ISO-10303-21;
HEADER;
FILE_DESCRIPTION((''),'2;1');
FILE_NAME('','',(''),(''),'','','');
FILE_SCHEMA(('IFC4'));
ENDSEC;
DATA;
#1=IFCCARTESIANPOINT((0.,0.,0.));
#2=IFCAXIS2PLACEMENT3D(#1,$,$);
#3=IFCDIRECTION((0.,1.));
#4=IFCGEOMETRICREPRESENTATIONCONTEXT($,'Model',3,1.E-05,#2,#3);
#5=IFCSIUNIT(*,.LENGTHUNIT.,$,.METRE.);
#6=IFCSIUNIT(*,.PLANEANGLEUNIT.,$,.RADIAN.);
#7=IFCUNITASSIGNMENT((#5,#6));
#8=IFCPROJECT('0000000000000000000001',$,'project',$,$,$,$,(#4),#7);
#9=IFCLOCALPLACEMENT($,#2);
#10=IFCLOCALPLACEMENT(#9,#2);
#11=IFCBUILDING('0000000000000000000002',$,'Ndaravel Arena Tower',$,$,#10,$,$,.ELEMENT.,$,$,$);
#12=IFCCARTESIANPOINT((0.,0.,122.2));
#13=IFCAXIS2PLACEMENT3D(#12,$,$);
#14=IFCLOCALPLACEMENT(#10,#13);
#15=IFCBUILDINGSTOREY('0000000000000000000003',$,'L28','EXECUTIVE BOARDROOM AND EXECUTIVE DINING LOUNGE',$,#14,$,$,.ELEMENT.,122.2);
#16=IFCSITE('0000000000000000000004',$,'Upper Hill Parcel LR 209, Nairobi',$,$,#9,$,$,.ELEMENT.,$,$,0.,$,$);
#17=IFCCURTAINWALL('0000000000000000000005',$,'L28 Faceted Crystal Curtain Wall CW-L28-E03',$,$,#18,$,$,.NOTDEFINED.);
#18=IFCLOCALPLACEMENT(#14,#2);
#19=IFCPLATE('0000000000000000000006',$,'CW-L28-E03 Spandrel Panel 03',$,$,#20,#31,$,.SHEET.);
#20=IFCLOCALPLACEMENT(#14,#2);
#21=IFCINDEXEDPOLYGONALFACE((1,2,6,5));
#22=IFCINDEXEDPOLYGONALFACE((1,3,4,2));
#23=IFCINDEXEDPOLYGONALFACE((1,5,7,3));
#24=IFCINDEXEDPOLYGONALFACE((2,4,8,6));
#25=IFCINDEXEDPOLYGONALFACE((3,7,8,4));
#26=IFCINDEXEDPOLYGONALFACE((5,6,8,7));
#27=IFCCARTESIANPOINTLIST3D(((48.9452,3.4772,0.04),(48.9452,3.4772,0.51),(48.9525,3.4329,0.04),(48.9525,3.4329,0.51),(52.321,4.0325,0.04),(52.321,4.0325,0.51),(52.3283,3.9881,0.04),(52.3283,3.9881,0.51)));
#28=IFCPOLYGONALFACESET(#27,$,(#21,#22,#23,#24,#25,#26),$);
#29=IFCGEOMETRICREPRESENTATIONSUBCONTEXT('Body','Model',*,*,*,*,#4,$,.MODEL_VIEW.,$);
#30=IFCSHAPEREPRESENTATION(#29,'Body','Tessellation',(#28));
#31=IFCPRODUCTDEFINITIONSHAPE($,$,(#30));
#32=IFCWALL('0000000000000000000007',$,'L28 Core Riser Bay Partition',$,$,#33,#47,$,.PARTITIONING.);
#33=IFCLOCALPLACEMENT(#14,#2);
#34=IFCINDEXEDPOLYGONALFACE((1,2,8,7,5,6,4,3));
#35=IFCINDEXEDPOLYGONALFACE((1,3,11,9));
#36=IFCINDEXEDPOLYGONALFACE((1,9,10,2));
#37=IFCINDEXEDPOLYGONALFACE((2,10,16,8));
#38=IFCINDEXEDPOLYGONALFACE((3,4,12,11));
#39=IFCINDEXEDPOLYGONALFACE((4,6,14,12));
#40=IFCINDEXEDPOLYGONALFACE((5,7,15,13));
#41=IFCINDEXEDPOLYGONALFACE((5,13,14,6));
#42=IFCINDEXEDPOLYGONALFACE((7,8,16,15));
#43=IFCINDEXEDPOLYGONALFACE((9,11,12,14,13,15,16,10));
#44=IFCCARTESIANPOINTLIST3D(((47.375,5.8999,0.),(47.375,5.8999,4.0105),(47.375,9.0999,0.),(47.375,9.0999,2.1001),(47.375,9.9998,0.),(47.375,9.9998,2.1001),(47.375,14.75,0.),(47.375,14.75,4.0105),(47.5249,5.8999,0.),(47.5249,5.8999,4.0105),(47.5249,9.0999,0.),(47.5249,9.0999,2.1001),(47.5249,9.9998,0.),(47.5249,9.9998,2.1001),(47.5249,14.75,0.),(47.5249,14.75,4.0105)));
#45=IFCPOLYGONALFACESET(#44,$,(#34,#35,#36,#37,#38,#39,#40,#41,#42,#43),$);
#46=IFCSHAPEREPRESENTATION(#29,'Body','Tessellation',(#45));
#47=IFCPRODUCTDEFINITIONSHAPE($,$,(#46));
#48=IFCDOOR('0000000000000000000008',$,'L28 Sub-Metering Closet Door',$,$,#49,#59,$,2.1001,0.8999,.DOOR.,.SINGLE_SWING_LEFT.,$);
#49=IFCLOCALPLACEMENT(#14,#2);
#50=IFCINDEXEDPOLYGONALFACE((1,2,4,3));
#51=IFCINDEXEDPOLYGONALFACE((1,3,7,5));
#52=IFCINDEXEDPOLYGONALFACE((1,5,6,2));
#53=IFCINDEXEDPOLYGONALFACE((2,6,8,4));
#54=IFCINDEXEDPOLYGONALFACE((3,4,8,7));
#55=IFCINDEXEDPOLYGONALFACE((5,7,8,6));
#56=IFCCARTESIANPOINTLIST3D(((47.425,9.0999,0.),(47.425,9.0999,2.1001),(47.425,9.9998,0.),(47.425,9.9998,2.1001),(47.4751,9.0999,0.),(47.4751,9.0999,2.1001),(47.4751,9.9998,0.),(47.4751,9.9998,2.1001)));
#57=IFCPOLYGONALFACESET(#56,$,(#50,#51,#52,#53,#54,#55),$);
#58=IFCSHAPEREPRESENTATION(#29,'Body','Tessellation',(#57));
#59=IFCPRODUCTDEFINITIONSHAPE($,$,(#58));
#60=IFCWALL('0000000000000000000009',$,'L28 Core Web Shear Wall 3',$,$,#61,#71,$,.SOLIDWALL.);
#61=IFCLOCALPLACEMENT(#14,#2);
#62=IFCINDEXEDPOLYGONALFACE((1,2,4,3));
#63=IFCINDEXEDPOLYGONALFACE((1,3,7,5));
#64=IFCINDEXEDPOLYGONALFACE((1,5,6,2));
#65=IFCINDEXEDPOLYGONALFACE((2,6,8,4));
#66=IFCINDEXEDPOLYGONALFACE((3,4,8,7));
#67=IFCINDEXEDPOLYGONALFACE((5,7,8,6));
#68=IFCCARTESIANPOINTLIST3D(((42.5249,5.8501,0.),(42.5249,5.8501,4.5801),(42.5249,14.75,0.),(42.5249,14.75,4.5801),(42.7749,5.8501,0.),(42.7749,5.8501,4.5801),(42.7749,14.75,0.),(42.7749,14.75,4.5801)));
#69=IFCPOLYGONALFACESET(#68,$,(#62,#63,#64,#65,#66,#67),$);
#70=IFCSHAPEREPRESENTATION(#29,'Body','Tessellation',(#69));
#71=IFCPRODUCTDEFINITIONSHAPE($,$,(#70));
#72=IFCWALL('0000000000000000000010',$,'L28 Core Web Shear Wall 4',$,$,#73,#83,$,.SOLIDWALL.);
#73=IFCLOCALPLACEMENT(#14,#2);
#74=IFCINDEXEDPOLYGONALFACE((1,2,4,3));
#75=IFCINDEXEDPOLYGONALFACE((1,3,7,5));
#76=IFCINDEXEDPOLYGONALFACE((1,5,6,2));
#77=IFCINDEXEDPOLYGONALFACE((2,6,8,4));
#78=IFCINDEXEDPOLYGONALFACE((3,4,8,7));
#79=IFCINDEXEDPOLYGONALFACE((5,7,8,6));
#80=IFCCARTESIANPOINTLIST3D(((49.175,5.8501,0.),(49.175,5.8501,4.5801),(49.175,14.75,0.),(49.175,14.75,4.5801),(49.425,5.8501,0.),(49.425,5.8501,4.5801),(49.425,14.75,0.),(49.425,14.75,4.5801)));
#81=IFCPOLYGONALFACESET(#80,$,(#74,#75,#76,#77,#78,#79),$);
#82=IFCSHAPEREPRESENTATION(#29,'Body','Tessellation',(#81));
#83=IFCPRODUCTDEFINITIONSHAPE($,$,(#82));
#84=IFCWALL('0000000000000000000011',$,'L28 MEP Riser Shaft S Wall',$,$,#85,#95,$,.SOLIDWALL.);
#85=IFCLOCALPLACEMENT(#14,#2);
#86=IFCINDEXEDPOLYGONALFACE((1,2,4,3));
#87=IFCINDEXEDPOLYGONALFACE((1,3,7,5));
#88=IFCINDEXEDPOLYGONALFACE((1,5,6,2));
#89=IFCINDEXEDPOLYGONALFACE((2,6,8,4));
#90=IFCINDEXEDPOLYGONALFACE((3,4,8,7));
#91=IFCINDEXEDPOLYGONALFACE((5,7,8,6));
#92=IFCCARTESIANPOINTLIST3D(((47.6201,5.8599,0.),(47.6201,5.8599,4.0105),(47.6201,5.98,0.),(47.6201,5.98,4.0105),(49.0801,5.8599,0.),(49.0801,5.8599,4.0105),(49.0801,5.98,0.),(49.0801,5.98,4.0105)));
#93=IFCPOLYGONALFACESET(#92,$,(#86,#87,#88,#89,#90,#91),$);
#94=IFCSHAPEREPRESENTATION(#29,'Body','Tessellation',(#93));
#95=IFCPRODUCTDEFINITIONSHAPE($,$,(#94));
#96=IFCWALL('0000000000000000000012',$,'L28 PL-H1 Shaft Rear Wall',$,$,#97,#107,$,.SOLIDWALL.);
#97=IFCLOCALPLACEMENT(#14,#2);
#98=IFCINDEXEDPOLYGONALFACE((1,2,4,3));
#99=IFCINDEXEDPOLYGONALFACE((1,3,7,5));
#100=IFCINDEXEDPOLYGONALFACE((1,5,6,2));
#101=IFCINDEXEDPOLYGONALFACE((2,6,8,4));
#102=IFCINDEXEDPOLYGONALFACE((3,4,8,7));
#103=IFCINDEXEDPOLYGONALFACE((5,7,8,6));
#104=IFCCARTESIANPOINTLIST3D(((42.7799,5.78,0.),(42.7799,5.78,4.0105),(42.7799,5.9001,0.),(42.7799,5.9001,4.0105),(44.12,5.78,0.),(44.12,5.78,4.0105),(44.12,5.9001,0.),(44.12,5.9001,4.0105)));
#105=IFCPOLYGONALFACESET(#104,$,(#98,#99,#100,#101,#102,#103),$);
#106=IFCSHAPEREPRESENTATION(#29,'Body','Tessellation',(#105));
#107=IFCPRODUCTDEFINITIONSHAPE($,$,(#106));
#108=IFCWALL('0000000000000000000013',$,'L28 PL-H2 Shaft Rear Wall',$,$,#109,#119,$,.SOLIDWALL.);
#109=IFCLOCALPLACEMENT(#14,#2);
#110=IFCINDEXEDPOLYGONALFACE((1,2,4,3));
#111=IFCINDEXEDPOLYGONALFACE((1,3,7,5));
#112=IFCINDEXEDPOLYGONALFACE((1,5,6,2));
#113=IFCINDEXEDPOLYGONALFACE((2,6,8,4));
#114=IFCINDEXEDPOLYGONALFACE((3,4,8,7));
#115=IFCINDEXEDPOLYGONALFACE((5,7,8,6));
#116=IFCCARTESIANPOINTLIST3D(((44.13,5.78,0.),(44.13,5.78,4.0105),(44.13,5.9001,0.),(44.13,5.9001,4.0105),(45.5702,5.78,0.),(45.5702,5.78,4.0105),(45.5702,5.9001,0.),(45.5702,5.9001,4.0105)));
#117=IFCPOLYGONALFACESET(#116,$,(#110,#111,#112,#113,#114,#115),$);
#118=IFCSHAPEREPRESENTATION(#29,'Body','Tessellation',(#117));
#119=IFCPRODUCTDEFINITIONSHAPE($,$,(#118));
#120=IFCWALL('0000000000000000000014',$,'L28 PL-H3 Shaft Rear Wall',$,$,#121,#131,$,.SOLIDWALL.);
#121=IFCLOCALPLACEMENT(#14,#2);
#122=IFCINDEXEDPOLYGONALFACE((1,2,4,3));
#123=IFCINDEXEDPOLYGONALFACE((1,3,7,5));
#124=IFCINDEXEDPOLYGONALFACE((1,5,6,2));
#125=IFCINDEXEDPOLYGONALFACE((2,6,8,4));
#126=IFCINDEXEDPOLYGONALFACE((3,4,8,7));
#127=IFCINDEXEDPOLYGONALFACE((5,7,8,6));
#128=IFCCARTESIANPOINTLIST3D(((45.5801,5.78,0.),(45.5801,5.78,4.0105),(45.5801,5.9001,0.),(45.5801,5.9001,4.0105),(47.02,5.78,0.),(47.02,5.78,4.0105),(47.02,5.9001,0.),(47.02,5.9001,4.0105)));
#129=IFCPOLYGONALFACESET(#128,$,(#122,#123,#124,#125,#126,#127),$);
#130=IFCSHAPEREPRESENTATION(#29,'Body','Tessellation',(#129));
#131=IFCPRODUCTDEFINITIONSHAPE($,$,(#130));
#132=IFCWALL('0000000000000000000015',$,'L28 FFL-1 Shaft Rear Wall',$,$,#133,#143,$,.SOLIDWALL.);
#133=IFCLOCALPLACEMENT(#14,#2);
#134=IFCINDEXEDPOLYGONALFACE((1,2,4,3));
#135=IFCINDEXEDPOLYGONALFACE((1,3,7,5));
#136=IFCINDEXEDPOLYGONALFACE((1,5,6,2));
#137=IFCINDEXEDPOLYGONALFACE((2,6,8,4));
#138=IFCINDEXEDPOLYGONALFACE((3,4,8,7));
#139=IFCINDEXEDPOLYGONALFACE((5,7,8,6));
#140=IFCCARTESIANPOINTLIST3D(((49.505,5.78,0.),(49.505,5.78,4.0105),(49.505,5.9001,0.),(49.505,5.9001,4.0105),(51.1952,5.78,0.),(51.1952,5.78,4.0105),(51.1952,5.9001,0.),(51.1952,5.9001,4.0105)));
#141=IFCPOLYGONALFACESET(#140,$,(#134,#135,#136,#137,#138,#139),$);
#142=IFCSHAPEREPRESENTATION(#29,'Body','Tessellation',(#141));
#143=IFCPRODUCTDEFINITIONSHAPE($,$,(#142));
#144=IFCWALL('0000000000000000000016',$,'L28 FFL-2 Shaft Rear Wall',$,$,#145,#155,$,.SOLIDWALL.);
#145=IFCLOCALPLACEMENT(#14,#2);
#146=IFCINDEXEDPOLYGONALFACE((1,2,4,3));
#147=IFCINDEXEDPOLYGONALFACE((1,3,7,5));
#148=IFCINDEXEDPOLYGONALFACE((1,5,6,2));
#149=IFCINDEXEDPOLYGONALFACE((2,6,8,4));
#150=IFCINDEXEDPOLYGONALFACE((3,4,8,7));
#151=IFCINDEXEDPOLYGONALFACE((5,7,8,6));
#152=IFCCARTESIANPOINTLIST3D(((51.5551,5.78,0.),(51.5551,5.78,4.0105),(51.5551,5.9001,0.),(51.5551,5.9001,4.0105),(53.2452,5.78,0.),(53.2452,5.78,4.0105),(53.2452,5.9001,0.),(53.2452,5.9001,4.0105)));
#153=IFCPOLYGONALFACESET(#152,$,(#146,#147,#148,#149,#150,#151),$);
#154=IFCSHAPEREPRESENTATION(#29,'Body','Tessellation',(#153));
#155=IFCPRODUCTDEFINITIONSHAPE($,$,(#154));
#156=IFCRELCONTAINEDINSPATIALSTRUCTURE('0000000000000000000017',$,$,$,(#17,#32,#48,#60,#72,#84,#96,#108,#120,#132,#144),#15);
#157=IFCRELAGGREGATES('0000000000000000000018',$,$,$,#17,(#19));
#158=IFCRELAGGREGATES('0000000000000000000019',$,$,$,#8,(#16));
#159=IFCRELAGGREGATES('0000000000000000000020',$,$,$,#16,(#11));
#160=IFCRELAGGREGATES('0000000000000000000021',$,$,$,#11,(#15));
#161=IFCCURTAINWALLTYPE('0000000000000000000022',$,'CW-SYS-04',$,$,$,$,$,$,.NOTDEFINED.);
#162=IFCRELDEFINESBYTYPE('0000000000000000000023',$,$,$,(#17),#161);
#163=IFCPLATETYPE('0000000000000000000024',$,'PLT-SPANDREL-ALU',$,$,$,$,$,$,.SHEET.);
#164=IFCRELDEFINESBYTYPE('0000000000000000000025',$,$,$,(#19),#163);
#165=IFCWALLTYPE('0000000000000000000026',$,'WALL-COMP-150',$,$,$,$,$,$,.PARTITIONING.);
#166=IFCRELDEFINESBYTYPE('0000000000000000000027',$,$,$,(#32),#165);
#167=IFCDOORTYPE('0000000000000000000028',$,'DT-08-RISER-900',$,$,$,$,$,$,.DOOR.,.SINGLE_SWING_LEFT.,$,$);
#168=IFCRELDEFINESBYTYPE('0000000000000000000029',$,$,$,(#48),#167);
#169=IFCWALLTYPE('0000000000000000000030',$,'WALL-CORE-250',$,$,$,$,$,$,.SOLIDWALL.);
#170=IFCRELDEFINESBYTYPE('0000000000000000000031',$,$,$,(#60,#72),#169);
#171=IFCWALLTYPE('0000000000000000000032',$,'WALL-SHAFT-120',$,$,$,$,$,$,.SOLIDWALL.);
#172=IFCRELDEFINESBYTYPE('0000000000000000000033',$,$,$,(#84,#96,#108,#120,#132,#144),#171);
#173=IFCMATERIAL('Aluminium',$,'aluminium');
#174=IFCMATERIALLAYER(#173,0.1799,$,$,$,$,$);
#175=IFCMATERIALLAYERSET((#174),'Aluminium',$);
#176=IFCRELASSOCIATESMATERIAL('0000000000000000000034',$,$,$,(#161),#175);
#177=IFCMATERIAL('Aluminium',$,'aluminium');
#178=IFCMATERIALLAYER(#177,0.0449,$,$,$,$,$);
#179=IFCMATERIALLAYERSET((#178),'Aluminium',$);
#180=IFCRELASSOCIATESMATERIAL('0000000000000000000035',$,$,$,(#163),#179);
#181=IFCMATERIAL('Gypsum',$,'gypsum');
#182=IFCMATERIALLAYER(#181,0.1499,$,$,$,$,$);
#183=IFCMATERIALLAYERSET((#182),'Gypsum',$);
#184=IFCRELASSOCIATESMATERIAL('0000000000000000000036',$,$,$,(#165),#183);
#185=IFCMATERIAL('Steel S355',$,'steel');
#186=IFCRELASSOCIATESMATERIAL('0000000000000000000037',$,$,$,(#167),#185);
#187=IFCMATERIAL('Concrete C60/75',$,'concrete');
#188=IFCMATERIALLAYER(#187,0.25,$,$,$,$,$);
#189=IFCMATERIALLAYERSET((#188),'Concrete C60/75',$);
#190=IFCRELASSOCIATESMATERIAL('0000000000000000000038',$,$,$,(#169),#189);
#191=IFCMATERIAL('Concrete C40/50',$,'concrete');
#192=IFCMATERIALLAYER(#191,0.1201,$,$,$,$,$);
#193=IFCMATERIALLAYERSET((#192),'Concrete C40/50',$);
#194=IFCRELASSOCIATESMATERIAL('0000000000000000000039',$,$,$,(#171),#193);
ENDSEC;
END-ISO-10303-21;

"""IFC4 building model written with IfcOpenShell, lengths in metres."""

from ifc_helpers import new_model, si_unit, direction, frame, frame_2d, origin, origin_2d, place, context, subcontext, project, spatial, rectangle, extrude, material, layer, layer_set, type_object, element, fill, aggregate, save


model = new_model("IFC4")

# Units and contexts
model_context = context("Model", 3, precision=1e-05, world=origin(), true_north=direction((0.0, 1.0)))
body_context = subcontext(model_context, "Body", "Model", "MODEL_VIEW")
ifc_project = project(units=[si_unit("LENGTHUNIT", "METRE"), si_unit("PLANEANGLEUNIT", "RADIAN")], contexts=[model_context])

# Site, building, storey
site_placement = place(None, origin())
site = spatial("IfcSite", under=ifc_project, at=site_placement, Name="Upper Hill Parcel LR 209, Nairobi", CompositionType="ELEMENT", RefElevation=0.0)
building_placement = place(site_placement, origin())
building = spatial("IfcBuilding", under=site, at=building_placement, Name="Ndaravel Arena Tower", CompositionType="ELEMENT")
storey_placement = place(building_placement, frame((0.0, 0.0, 122.2)))
storey = spatial("IfcBuildingStorey", under=building, at=storey_placement, Name="L28", Description="EXECUTIVE BOARDROOM AND EXECUTIVE DINING LOUNGE", CompositionType="ELEMENT", Elevation=122.2)

# Curtain wall
ifc_material_1 = material(Name="Aluminium", Category="aluminium")
ifc_layer_1 = layer(ifc_material_1, 0.1799)
ifc_layer_set_1 = layer_set([ifc_layer_1], Name="Aluminium")
curtain_wall_type = type_object("IfcCurtainWallType", Name="CW-SYS-04", PredefinedType="NOTDEFINED", material=ifc_layer_set_1)
curtain_wall_placement = place(storey_placement, origin())
curtain_wall = element("IfcCurtainWall", 1, at=curtain_wall_placement, inside=storey, type_object=curtain_wall_type, Name="L28 Faceted Crystal Curtain Wall CW-L28-E03", PredefinedType="NOTDEFINED")

# Plate
ifc_material_2 = material(Name="Aluminium", Category="aluminium")
ifc_layer_2 = layer(ifc_material_2, 0.0449)
ifc_layer_set_2 = layer_set([ifc_layer_2], Name="Aluminium")
plate_type_1 = type_object("IfcPlateType", Name="PLT-SPANDREL-ALU", PredefinedType="SHEET", material=ifc_layer_set_2)
plate_1_placement = place(storey_placement, frame((50.6367, 3.7327, 0.04), z_axis=(0.0, 0.0, 1.0), x_axis=(0.98674, 0.16231, 0.0)))
plate_1 = element("IfcPlate", 2, at=plate_1_placement, type_object=plate_type_1, Name="CW-L28-E03 Spandrel Panel 03", PredefinedType="SHEET", context=body_context, shape_type="SweptSolid", body=[
    extrude(rectangle(XDim=3.4211, YDim=0.0449, at=origin_2d()), origin(), (0.0, 0.0, 1.0), 0.47),
])
aggregate(curtain_wall, [plate_1])

# Wall, opening, door
ifc_material_3 = material(Name="Gypsum", Category="gypsum")
ifc_layer_3 = layer(ifc_material_3, 0.1499)
ifc_layer_set_3 = layer_set([ifc_layer_3], Name="Gypsum")
wall_type_1 = type_object("IfcWallType", Name="WALL-COMP-150", PredefinedType="PARTITIONING", material=ifc_layer_set_3)
wall_1_placement = place(storey_placement, frame((47.45, 5.8999, 0.0), z_axis=(0.0, 0.0, 1.0), x_axis=(0.0, 1.0, 0.0)))
wall_1 = element("IfcWall", 3, at=wall_1_placement, inside=storey, type_object=wall_type_1, Name="L28 Core Riser Bay Partition", PredefinedType="PARTITIONING", context=body_context, shape_type="SweptSolid", body=[
    extrude(rectangle(XDim=8.8501, YDim=0.1499, at=frame_2d((4.425, 0.0))), origin(), (0.0, 0.0, 1.0), 4.0105),
])
opening_placement = place(wall_1_placement, frame((3.2, 0.0, 0.0)))
opening = element("IfcOpeningElement", 4, at=opening_placement, cuts=wall_1, PredefinedType="OPENING", context=body_context, shape_type="SweptSolid", body=[
    extrude(rectangle(XDim=0.8999, YDim=2.1001, at=frame_2d((0.45, 1.05))), frame((0.0, 0.075, 0.0), z_axis=(0.0, -1.0, 0.0), x_axis=(1.0, 0.0, 0.0)), (0.0, 0.0, 1.0), 0.1499),
])
ifc_material_4 = material(Name="Steel S355", Category="steel")
door_type = type_object("IfcDoorType", Name="DT-08-RISER-900", OperationType="SINGLE_SWING_LEFT", PredefinedType="DOOR", material=ifc_material_4)
door_placement = place(opening_placement, origin())
door = element("IfcDoor", 5, at=door_placement, inside=storey, type_object=door_type, Name="L28 Sub-Metering Closet Door", OperationType="SINGLE_SWING_LEFT", OverallHeight=2.1001, OverallWidth=0.8999, PredefinedType="DOOR", context=body_context, shape_type="SweptSolid", body=[
    extrude(rectangle(XDim=0.8999, YDim=2.1001, at=frame_2d((0.45, 1.05))), frame((0.0, 0.0249, 0.0), z_axis=(0.0, -1.0, 0.0), x_axis=(1.0, 0.0, 0.0)), (0.0, 0.0, 1.0), 0.05),
])
fill(opening, door)

# Walls
ifc_material_5 = material(Name="Concrete C60/75", Category="concrete")
ifc_layer_4 = layer(ifc_material_5, 0.25)
ifc_layer_set_4 = layer_set([ifc_layer_4], Name="Concrete C60/75")
wall_type_2 = type_object("IfcWallType", Name="WALL-CORE-250", PredefinedType="SOLIDWALL", material=ifc_layer_set_4)
for number, where, z_axis, x_axis, name in (
    (6, (42.6499, 5.8501, 0.0), (0.0, 0.0, 1.0), (0.0, 1.0, 0.0), "L28 Core Web Shear Wall 3"),
    (7, (49.3, 5.8501, 0.0), (0.0, 0.0, 1.0), (0.0, 1.0, 0.0), "L28 Core Web Shear Wall 4"),
):
    element("IfcWall", number, at=place(storey_placement, frame(where, z_axis=z_axis, x_axis=x_axis)), inside=storey, type_object=wall_type_2, Name=name, PredefinedType="SOLIDWALL", context=body_context, shape_type="SweptSolid", body=[
        extrude(rectangle(XDim=8.8999, YDim=0.25, at=frame_2d((4.45, 0.0))), origin(), (0.0, 0.0, 1.0), 4.5801),
    ])
ifc_material_6 = material(Name="Concrete C40/50", Category="concrete")
ifc_layer_5 = layer(ifc_material_6, 0.1201)
ifc_layer_set_5 = layer_set([ifc_layer_5], Name="Concrete C40/50")
wall_type_3 = type_object("IfcWallType", Name="WALL-SHAFT-120", PredefinedType="SOLIDWALL", material=ifc_layer_set_5)
wall_2_placement = place(storey_placement, frame((47.6201, 5.9199, 0.0), z_axis=(0.0, 0.0, 1.0), x_axis=(1.0, 0.0, 0.0)))
element("IfcWall", 8, at=wall_2_placement, inside=storey, type_object=wall_type_3, Name="L28 MEP Riser Shaft S Wall", PredefinedType="SOLIDWALL", context=body_context, shape_type="SweptSolid", body=[
    extrude(rectangle(XDim=1.46, YDim=0.1201, at=frame_2d((0.73, 0.0))), origin(), (0.0, 0.0, 1.0), 4.0105),
])
wall_3_placement = place(storey_placement, frame((42.78, 5.8401, 0.0), z_axis=(0.0, 0.0, 1.0), x_axis=(1.0, 0.0, 0.0)))
element("IfcWall", 9, at=wall_3_placement, inside=storey, type_object=wall_type_3, Name="L28 PL-H1 Shaft Rear Wall", PredefinedType="SOLIDWALL", context=body_context, shape_type="SweptSolid", body=[
    extrude(rectangle(XDim=1.3401, YDim=0.1201, at=frame_2d((0.6699, 0.0))), origin(), (0.0, 0.0, 1.0), 4.0105),
])
wall_4_placement = place(storey_placement, frame((44.1299, 5.8401, 0.0), z_axis=(0.0, 0.0, 1.0), x_axis=(1.0, 0.0, 0.0)))
element("IfcWall", 10, at=wall_4_placement, inside=storey, type_object=wall_type_3, Name="L28 PL-H2 Shaft Rear Wall", PredefinedType="SOLIDWALL", context=body_context, shape_type="SweptSolid", body=[
    extrude(rectangle(XDim=1.4402, YDim=0.1201, at=frame_2d((0.7202, 0.0))), origin(), (0.0, 0.0, 1.0), 4.0105),
])
wall_5_placement = place(storey_placement, frame((45.5801, 5.8401, 0.0), z_axis=(0.0, 0.0, 1.0), x_axis=(1.0, 0.0, 0.0)))
element("IfcWall", 11, at=wall_5_placement, inside=storey, type_object=wall_type_3, Name="L28 PL-H3 Shaft Rear Wall", PredefinedType="SOLIDWALL", context=body_context, shape_type="SweptSolid", body=[
    extrude(rectangle(XDim=1.4399, YDim=0.1201, at=frame_2d((0.72, 0.0))), origin(), (0.0, 0.0, 1.0), 4.0105),
])
for number, where, z_axis, x_axis, name in (
    (12, (49.5049, 5.8401, 0.0), (0.0, 0.0, 1.0), (1.0, 0.0, 0.0), "L28 FFL-1 Shaft Rear Wall"),
    (13, (51.5549, 5.8401, 0.0), (0.0, 0.0, 1.0), (1.0, 0.0, 0.0), "L28 FFL-2 Shaft Rear Wall"),
):
    element("IfcWall", number, at=place(storey_placement, frame(where, z_axis=z_axis, x_axis=x_axis)), inside=storey, type_object=wall_type_3, Name=name, PredefinedType="SOLIDWALL", context=body_context, shape_type="SweptSolid", body=[
        extrude(rectangle(XDim=1.6902, YDim=0.1201, at=frame_2d((0.8452, 0.0))), origin(), (0.0, 0.0, 1.0), 4.0105),
    ])

save(model, "model.ifc")
